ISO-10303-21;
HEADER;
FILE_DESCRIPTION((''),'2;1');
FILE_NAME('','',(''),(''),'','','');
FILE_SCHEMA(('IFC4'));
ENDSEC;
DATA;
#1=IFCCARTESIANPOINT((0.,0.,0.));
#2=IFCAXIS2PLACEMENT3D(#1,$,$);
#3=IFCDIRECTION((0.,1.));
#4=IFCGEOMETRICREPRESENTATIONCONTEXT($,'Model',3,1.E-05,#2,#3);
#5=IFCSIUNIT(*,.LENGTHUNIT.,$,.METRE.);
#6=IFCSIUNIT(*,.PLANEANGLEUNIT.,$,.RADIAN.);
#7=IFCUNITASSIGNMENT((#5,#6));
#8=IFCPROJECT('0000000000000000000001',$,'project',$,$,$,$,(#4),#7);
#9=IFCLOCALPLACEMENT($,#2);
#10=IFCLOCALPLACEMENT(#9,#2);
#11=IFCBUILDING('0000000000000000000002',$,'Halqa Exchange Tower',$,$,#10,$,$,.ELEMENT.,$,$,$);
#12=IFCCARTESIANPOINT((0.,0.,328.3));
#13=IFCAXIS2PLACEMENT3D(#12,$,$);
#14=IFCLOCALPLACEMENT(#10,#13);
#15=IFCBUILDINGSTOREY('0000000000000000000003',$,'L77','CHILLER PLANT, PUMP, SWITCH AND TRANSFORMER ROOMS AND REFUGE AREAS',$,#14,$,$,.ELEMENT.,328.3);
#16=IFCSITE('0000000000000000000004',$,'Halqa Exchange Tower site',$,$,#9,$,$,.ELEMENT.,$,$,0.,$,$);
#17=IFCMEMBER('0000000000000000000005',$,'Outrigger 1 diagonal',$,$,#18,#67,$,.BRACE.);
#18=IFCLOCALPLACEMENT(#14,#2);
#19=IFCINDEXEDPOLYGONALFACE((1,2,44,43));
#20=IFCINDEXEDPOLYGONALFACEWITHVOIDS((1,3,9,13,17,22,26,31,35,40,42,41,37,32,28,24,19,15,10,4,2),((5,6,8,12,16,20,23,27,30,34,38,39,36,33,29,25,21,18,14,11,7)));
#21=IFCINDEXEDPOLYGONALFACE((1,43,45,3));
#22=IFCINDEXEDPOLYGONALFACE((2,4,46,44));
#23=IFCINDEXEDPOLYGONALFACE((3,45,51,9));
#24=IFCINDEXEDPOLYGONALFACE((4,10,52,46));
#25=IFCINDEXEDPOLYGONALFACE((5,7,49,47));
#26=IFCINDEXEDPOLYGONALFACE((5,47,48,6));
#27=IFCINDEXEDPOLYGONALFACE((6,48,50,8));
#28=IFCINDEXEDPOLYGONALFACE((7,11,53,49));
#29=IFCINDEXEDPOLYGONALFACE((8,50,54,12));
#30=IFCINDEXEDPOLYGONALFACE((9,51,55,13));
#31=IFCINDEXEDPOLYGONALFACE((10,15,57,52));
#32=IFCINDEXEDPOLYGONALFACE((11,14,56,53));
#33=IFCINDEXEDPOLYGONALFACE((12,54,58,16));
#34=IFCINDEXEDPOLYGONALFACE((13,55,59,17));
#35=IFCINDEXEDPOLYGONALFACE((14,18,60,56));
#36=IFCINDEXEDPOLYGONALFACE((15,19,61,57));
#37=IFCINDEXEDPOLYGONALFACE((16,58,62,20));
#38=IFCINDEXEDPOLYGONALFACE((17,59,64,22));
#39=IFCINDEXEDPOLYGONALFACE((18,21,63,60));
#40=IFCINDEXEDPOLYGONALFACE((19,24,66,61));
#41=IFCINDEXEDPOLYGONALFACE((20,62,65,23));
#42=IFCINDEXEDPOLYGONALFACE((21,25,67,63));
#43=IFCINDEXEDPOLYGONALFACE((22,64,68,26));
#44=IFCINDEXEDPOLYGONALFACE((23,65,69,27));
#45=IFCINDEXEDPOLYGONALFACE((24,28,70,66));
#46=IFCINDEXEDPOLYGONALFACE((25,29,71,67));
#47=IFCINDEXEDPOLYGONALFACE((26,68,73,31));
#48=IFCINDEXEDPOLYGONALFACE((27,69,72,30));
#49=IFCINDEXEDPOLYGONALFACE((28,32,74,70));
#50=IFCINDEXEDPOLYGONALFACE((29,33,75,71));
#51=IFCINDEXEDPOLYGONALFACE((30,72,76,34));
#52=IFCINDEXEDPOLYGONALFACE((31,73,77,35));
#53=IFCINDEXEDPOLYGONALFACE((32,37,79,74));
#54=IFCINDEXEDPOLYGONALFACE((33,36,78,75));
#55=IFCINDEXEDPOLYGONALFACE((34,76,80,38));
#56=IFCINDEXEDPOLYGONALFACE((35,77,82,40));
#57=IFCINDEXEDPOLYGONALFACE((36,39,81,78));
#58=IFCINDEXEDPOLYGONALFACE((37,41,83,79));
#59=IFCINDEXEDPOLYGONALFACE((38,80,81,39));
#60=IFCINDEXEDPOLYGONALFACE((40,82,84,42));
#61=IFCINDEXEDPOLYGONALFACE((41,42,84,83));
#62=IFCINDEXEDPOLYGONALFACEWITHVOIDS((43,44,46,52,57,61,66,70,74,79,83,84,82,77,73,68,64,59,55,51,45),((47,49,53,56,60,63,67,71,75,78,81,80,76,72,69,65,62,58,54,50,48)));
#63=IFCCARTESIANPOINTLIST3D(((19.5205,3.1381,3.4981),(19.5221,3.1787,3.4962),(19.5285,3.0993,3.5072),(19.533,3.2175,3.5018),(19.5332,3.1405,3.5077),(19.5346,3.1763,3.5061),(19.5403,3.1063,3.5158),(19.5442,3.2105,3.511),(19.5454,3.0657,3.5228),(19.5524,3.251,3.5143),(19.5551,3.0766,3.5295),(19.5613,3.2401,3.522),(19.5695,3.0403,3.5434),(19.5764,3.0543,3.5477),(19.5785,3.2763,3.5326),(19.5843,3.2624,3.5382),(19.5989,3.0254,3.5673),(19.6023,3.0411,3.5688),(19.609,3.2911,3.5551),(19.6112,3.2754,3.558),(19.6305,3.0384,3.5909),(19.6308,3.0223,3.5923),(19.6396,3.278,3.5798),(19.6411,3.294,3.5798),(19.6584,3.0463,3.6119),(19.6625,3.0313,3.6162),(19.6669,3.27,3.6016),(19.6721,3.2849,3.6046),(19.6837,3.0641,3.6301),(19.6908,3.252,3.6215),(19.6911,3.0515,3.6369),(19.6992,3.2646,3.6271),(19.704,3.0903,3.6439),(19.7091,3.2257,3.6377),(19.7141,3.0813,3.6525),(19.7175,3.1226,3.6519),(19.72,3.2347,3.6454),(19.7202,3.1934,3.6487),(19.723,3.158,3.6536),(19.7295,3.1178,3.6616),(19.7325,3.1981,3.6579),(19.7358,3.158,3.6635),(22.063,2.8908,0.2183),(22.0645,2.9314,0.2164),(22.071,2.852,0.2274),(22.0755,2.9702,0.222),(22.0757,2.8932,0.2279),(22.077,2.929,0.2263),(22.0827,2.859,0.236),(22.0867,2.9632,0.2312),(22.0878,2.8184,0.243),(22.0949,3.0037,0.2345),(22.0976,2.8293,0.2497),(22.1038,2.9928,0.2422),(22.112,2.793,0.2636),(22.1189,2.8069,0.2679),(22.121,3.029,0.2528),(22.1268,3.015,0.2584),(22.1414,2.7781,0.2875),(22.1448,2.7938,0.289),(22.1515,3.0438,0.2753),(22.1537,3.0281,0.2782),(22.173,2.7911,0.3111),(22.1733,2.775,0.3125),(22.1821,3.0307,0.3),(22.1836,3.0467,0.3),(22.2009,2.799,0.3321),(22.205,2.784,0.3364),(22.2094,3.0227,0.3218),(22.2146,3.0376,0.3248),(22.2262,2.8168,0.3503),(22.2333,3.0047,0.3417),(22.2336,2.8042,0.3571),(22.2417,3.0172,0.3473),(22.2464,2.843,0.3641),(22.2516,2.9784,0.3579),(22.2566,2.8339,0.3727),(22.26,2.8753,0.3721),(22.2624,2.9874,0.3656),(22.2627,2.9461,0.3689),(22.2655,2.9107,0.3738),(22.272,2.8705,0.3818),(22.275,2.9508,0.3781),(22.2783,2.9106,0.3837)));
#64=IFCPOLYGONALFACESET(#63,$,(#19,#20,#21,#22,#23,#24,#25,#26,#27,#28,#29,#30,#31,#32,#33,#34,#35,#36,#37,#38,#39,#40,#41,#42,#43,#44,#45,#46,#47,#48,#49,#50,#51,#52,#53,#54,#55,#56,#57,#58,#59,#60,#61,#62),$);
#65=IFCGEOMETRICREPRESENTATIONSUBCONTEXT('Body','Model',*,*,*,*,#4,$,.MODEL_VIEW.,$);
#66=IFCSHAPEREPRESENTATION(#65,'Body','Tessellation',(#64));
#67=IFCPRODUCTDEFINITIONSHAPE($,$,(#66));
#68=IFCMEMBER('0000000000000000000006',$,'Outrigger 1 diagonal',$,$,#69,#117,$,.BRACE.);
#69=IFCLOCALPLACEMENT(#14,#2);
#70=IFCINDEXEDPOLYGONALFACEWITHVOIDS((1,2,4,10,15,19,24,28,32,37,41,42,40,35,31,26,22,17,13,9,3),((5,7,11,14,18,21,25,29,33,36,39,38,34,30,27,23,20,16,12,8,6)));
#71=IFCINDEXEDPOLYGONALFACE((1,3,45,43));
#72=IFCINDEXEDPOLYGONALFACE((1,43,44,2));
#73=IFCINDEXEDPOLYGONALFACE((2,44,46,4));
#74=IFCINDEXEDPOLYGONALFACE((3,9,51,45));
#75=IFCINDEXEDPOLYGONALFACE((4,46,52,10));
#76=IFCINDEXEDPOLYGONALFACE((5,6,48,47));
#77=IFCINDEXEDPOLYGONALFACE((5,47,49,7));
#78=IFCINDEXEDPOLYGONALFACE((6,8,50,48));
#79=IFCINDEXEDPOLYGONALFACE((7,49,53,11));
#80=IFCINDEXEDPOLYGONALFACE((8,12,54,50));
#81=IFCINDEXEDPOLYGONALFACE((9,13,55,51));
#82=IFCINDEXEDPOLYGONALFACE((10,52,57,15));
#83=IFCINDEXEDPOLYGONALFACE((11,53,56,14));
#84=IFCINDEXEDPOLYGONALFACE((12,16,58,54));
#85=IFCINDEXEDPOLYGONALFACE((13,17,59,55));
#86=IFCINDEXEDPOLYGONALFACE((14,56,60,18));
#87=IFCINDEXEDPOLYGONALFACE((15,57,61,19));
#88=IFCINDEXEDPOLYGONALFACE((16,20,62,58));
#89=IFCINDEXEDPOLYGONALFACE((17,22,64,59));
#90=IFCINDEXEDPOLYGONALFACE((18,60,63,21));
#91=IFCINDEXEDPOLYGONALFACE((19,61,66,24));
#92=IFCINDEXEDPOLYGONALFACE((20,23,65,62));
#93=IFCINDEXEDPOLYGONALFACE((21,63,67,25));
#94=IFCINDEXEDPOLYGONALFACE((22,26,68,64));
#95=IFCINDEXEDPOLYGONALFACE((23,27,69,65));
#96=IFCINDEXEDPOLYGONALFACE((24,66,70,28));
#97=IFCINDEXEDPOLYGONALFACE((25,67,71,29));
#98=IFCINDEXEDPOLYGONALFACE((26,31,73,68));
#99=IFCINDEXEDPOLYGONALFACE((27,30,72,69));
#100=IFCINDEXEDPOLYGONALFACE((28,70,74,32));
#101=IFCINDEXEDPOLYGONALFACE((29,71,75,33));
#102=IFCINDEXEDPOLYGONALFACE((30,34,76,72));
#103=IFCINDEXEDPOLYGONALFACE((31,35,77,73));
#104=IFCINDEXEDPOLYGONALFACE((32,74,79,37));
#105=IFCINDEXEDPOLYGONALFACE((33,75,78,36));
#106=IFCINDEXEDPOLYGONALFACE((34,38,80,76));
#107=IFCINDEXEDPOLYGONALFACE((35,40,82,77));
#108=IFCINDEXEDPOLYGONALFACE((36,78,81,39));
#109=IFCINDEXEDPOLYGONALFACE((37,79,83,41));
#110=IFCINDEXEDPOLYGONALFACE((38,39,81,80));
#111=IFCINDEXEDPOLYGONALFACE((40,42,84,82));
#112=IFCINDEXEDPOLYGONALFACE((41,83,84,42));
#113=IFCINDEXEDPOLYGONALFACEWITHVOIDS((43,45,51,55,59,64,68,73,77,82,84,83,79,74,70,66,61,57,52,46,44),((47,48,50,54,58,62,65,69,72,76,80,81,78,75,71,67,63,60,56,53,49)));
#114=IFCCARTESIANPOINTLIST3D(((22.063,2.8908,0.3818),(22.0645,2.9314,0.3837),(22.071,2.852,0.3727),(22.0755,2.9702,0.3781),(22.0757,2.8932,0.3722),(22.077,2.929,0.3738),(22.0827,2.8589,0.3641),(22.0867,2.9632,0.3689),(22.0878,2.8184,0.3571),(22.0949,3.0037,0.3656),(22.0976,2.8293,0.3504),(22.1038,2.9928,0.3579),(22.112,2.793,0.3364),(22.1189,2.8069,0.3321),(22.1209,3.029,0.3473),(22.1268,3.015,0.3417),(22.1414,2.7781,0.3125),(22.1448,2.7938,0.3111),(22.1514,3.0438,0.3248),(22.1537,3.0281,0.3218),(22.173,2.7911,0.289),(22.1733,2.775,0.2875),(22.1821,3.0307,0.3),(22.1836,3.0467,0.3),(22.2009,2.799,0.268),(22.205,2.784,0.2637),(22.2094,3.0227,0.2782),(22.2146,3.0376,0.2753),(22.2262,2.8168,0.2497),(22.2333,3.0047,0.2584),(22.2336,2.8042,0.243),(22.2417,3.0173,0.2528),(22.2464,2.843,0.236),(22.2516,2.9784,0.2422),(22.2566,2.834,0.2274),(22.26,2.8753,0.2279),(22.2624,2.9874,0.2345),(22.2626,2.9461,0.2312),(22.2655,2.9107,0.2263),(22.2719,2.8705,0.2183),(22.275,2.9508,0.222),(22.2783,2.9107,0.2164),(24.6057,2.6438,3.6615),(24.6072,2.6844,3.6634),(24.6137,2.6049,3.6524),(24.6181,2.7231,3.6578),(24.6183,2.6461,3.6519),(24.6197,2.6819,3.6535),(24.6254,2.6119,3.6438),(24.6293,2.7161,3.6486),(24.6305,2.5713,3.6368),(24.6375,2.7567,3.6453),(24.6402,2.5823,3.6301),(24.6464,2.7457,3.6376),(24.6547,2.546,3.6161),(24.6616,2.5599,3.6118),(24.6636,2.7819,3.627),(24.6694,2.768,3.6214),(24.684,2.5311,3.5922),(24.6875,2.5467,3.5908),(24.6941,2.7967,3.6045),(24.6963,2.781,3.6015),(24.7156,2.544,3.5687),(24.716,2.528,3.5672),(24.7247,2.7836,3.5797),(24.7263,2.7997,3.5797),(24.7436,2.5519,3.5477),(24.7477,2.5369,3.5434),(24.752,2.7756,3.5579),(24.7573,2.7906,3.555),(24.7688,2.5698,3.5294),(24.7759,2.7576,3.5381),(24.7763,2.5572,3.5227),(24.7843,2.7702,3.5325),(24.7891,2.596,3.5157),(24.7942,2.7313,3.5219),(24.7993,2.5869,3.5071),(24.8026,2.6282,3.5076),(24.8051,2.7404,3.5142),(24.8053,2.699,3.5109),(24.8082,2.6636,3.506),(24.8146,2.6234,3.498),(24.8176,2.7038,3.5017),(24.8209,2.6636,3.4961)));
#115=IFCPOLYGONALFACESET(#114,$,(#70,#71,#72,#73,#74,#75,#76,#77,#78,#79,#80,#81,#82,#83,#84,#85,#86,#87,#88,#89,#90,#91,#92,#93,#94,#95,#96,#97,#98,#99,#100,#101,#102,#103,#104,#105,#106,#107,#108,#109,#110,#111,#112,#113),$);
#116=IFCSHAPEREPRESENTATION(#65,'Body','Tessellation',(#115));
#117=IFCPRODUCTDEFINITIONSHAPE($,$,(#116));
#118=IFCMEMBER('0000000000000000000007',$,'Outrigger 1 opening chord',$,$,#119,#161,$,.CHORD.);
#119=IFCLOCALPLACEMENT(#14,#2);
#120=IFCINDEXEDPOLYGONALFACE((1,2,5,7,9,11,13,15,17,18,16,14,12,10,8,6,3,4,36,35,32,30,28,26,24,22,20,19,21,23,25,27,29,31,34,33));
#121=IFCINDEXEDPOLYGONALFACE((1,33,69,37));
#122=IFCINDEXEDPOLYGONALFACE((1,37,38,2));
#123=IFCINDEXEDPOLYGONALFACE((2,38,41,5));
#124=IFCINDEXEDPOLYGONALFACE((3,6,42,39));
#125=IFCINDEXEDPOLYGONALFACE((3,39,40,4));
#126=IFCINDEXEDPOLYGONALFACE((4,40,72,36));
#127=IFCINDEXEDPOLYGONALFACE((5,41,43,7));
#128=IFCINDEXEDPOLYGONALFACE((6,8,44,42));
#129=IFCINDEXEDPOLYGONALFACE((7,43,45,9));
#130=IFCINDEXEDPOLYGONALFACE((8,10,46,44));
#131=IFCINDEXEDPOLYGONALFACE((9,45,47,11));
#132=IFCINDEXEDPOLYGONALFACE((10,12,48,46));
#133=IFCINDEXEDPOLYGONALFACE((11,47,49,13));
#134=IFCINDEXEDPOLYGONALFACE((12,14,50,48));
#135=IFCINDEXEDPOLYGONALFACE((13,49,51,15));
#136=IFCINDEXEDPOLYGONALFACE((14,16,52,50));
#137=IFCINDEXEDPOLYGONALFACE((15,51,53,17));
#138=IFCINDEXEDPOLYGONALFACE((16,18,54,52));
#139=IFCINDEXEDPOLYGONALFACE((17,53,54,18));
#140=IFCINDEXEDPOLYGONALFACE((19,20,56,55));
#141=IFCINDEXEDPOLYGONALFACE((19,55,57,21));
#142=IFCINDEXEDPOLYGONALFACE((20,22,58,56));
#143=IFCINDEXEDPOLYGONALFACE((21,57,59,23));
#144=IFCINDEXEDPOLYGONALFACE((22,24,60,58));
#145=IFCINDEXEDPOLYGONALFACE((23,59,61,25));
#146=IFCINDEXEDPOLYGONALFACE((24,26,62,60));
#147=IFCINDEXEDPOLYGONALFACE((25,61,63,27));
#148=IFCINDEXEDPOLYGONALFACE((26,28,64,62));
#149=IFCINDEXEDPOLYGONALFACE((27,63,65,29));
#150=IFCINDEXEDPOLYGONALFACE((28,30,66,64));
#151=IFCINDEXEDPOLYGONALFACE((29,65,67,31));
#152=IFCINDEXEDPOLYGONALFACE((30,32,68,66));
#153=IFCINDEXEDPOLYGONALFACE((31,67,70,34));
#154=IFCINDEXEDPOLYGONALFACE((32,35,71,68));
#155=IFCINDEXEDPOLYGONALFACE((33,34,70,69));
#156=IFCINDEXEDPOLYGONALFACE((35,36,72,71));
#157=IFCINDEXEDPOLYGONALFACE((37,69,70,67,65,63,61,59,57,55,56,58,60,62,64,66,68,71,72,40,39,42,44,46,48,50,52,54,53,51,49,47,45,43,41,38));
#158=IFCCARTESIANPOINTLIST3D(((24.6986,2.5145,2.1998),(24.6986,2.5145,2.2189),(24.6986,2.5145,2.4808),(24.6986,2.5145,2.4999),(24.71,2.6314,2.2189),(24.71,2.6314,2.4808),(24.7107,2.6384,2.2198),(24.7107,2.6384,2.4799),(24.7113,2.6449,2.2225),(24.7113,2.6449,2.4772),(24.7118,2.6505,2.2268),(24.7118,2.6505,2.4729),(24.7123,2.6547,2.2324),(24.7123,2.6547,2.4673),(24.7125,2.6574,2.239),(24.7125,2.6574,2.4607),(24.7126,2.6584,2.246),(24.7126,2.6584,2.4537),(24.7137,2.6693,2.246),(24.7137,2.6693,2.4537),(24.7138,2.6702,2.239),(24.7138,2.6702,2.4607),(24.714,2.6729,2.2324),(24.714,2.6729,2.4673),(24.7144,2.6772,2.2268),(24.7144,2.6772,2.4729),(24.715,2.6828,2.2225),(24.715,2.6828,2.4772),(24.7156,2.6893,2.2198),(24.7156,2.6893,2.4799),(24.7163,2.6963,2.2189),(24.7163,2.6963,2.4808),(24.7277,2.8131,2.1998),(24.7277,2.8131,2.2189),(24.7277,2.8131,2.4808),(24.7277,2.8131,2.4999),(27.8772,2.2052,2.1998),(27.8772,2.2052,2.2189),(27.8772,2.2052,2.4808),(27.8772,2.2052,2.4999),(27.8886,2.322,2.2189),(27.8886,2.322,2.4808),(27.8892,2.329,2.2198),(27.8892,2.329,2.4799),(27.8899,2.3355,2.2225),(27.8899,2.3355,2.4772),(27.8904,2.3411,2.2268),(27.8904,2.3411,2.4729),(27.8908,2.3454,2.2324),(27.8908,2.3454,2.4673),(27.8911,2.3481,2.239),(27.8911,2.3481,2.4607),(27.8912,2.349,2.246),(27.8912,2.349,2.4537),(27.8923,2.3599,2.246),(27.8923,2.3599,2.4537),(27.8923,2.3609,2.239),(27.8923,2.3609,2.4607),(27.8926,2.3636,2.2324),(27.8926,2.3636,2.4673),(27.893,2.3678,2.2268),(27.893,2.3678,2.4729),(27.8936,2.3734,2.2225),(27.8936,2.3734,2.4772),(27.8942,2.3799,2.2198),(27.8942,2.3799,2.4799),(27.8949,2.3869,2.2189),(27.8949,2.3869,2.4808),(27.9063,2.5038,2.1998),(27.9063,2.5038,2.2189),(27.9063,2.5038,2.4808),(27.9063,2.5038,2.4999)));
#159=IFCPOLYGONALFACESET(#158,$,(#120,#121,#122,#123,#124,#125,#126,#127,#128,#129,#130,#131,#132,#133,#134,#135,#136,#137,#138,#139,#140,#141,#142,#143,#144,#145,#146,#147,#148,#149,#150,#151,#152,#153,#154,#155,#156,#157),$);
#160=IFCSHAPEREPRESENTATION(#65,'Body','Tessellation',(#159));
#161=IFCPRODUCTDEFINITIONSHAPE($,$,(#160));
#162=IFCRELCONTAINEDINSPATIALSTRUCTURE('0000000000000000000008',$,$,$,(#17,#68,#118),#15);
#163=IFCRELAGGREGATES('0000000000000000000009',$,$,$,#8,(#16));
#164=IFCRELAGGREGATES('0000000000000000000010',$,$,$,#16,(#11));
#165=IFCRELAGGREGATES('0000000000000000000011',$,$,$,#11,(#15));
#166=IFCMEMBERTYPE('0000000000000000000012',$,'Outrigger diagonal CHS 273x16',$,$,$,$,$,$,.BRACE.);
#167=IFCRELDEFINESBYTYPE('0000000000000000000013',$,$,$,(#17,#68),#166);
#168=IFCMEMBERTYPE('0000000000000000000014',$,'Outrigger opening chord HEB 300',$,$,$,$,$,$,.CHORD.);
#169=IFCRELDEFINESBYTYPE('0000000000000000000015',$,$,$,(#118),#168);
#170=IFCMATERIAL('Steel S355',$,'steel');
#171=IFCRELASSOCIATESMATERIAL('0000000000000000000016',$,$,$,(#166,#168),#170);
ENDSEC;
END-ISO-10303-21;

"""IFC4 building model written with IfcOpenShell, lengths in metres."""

from ifc_helpers import new_model, si_unit, direction, frame, origin, origin_2d, place, context, subcontext, project, spatial, hollow_circle, i_section, extrude, material, material_profile, profile_set, type_object, element, save


model = new_model("IFC4")

# Units and contexts
model_context = context("Model", 3, precision=1e-05, world=origin(), true_north=direction((0.0, 1.0)))
body_context = subcontext(model_context, "Body", "Model", "MODEL_VIEW")
ifc_project = project(units=[si_unit("LENGTHUNIT", "METRE"), si_unit("PLANEANGLEUNIT", "RADIAN")], contexts=[model_context])

# Site, building, storey
site_placement = place(None, origin())
site = spatial("IfcSite", under=ifc_project, at=site_placement, Name="Halqa Exchange Tower site", CompositionType="ELEMENT", RefElevation=0.0)
building_placement = place(site_placement, origin())
building = spatial("IfcBuilding", under=site, at=building_placement, Name="Halqa Exchange Tower", CompositionType="ELEMENT")
storey_placement = place(building_placement, frame((0.0, 0.0, 328.3)))
storey = spatial("IfcBuildingStorey", under=building, at=storey_placement, Name="L77", Description="CHILLER PLANT, PUMP, SWITCH AND TRANSFORMER ROOMS AND REFUGE AREAS", CompositionType="ELEMENT", Elevation=328.3)

# Members
ifc_material_1 = material(Name="Steel S355", Category="steel")
ifc_material_profile_1 = material_profile(ifc_material_1, hollow_circle(Radius=0.1365, WallThickness=0.0161, at=origin_2d()), Name="CHS 273x16")
ifc_profile_set_1 = profile_set([ifc_material_profile_1], Name="Steel S355")
member_type_1 = type_object("IfcMemberType", Name="Outrigger diagonal CHS 273x16", PredefinedType="BRACE", material=ifc_profile_set_1)
for number, where, z_axis, x_axis, name in (
    (1, (19.6279, 3.1582, 3.5798), (0.611584, -0.059491, -0.78894), (0.096816, 0.995302, 0.0), "Outrigger 1 diagonal"),
    (2, (22.1704, 2.9109, 0.3), (0.611623, -0.05943, 0.788914), (0.096712, 0.995312, 0.0), "Outrigger 1 diagonal"),
):
    element("IfcMember", number, at=place(storey_placement, frame(where, z_axis=z_axis, x_axis=x_axis)), inside=storey, type_object=member_type_1, Name=name, PredefinedType="BRACE", context=body_context, shape_type="SweptSolid", body=[
        extrude(hollow_circle(Radius=0.1365, WallThickness=0.0161, at=origin_2d()), origin(), (0.0, 0.0, 1.0), 4.1572),
    ])
ifc_material_profile_2 = material_profile(ifc_material_1, i_section(OverallWidth=0.3, OverallDepth=0.3, WebThickness=0.011, FlangeThickness=0.019, FilletRadius=0.0271, at=origin_2d()), Name="HEB 300")
ifc_profile_set_2 = profile_set([ifc_material_profile_2], Name="Steel S355")
member_type_2 = type_object("IfcMemberType", Name="Outrigger opening chord HEB 300", PredefinedType="CHORD", material=ifc_profile_set_2)
member_1_placement = place(storey_placement, frame((24.7131, 2.6638, 2.3499), z_axis=(0.995298, -0.096862, 0.0), x_axis=(0.096862, 0.995298, 0.0)))
element("IfcMember", 3, at=member_1_placement, inside=storey, type_object=member_type_2, Name="Outrigger 1 opening chord", PredefinedType="CHORD", context=body_context, shape_type="SweptSolid", body=[
    extrude(i_section(OverallWidth=0.3, OverallDepth=0.3, WebThickness=0.011, FlangeThickness=0.019, FilletRadius=0.0271, at=origin_2d()), origin(), (0.0, 0.0, 1.0), 3.1936),
])

save(model, "model.ifc")
